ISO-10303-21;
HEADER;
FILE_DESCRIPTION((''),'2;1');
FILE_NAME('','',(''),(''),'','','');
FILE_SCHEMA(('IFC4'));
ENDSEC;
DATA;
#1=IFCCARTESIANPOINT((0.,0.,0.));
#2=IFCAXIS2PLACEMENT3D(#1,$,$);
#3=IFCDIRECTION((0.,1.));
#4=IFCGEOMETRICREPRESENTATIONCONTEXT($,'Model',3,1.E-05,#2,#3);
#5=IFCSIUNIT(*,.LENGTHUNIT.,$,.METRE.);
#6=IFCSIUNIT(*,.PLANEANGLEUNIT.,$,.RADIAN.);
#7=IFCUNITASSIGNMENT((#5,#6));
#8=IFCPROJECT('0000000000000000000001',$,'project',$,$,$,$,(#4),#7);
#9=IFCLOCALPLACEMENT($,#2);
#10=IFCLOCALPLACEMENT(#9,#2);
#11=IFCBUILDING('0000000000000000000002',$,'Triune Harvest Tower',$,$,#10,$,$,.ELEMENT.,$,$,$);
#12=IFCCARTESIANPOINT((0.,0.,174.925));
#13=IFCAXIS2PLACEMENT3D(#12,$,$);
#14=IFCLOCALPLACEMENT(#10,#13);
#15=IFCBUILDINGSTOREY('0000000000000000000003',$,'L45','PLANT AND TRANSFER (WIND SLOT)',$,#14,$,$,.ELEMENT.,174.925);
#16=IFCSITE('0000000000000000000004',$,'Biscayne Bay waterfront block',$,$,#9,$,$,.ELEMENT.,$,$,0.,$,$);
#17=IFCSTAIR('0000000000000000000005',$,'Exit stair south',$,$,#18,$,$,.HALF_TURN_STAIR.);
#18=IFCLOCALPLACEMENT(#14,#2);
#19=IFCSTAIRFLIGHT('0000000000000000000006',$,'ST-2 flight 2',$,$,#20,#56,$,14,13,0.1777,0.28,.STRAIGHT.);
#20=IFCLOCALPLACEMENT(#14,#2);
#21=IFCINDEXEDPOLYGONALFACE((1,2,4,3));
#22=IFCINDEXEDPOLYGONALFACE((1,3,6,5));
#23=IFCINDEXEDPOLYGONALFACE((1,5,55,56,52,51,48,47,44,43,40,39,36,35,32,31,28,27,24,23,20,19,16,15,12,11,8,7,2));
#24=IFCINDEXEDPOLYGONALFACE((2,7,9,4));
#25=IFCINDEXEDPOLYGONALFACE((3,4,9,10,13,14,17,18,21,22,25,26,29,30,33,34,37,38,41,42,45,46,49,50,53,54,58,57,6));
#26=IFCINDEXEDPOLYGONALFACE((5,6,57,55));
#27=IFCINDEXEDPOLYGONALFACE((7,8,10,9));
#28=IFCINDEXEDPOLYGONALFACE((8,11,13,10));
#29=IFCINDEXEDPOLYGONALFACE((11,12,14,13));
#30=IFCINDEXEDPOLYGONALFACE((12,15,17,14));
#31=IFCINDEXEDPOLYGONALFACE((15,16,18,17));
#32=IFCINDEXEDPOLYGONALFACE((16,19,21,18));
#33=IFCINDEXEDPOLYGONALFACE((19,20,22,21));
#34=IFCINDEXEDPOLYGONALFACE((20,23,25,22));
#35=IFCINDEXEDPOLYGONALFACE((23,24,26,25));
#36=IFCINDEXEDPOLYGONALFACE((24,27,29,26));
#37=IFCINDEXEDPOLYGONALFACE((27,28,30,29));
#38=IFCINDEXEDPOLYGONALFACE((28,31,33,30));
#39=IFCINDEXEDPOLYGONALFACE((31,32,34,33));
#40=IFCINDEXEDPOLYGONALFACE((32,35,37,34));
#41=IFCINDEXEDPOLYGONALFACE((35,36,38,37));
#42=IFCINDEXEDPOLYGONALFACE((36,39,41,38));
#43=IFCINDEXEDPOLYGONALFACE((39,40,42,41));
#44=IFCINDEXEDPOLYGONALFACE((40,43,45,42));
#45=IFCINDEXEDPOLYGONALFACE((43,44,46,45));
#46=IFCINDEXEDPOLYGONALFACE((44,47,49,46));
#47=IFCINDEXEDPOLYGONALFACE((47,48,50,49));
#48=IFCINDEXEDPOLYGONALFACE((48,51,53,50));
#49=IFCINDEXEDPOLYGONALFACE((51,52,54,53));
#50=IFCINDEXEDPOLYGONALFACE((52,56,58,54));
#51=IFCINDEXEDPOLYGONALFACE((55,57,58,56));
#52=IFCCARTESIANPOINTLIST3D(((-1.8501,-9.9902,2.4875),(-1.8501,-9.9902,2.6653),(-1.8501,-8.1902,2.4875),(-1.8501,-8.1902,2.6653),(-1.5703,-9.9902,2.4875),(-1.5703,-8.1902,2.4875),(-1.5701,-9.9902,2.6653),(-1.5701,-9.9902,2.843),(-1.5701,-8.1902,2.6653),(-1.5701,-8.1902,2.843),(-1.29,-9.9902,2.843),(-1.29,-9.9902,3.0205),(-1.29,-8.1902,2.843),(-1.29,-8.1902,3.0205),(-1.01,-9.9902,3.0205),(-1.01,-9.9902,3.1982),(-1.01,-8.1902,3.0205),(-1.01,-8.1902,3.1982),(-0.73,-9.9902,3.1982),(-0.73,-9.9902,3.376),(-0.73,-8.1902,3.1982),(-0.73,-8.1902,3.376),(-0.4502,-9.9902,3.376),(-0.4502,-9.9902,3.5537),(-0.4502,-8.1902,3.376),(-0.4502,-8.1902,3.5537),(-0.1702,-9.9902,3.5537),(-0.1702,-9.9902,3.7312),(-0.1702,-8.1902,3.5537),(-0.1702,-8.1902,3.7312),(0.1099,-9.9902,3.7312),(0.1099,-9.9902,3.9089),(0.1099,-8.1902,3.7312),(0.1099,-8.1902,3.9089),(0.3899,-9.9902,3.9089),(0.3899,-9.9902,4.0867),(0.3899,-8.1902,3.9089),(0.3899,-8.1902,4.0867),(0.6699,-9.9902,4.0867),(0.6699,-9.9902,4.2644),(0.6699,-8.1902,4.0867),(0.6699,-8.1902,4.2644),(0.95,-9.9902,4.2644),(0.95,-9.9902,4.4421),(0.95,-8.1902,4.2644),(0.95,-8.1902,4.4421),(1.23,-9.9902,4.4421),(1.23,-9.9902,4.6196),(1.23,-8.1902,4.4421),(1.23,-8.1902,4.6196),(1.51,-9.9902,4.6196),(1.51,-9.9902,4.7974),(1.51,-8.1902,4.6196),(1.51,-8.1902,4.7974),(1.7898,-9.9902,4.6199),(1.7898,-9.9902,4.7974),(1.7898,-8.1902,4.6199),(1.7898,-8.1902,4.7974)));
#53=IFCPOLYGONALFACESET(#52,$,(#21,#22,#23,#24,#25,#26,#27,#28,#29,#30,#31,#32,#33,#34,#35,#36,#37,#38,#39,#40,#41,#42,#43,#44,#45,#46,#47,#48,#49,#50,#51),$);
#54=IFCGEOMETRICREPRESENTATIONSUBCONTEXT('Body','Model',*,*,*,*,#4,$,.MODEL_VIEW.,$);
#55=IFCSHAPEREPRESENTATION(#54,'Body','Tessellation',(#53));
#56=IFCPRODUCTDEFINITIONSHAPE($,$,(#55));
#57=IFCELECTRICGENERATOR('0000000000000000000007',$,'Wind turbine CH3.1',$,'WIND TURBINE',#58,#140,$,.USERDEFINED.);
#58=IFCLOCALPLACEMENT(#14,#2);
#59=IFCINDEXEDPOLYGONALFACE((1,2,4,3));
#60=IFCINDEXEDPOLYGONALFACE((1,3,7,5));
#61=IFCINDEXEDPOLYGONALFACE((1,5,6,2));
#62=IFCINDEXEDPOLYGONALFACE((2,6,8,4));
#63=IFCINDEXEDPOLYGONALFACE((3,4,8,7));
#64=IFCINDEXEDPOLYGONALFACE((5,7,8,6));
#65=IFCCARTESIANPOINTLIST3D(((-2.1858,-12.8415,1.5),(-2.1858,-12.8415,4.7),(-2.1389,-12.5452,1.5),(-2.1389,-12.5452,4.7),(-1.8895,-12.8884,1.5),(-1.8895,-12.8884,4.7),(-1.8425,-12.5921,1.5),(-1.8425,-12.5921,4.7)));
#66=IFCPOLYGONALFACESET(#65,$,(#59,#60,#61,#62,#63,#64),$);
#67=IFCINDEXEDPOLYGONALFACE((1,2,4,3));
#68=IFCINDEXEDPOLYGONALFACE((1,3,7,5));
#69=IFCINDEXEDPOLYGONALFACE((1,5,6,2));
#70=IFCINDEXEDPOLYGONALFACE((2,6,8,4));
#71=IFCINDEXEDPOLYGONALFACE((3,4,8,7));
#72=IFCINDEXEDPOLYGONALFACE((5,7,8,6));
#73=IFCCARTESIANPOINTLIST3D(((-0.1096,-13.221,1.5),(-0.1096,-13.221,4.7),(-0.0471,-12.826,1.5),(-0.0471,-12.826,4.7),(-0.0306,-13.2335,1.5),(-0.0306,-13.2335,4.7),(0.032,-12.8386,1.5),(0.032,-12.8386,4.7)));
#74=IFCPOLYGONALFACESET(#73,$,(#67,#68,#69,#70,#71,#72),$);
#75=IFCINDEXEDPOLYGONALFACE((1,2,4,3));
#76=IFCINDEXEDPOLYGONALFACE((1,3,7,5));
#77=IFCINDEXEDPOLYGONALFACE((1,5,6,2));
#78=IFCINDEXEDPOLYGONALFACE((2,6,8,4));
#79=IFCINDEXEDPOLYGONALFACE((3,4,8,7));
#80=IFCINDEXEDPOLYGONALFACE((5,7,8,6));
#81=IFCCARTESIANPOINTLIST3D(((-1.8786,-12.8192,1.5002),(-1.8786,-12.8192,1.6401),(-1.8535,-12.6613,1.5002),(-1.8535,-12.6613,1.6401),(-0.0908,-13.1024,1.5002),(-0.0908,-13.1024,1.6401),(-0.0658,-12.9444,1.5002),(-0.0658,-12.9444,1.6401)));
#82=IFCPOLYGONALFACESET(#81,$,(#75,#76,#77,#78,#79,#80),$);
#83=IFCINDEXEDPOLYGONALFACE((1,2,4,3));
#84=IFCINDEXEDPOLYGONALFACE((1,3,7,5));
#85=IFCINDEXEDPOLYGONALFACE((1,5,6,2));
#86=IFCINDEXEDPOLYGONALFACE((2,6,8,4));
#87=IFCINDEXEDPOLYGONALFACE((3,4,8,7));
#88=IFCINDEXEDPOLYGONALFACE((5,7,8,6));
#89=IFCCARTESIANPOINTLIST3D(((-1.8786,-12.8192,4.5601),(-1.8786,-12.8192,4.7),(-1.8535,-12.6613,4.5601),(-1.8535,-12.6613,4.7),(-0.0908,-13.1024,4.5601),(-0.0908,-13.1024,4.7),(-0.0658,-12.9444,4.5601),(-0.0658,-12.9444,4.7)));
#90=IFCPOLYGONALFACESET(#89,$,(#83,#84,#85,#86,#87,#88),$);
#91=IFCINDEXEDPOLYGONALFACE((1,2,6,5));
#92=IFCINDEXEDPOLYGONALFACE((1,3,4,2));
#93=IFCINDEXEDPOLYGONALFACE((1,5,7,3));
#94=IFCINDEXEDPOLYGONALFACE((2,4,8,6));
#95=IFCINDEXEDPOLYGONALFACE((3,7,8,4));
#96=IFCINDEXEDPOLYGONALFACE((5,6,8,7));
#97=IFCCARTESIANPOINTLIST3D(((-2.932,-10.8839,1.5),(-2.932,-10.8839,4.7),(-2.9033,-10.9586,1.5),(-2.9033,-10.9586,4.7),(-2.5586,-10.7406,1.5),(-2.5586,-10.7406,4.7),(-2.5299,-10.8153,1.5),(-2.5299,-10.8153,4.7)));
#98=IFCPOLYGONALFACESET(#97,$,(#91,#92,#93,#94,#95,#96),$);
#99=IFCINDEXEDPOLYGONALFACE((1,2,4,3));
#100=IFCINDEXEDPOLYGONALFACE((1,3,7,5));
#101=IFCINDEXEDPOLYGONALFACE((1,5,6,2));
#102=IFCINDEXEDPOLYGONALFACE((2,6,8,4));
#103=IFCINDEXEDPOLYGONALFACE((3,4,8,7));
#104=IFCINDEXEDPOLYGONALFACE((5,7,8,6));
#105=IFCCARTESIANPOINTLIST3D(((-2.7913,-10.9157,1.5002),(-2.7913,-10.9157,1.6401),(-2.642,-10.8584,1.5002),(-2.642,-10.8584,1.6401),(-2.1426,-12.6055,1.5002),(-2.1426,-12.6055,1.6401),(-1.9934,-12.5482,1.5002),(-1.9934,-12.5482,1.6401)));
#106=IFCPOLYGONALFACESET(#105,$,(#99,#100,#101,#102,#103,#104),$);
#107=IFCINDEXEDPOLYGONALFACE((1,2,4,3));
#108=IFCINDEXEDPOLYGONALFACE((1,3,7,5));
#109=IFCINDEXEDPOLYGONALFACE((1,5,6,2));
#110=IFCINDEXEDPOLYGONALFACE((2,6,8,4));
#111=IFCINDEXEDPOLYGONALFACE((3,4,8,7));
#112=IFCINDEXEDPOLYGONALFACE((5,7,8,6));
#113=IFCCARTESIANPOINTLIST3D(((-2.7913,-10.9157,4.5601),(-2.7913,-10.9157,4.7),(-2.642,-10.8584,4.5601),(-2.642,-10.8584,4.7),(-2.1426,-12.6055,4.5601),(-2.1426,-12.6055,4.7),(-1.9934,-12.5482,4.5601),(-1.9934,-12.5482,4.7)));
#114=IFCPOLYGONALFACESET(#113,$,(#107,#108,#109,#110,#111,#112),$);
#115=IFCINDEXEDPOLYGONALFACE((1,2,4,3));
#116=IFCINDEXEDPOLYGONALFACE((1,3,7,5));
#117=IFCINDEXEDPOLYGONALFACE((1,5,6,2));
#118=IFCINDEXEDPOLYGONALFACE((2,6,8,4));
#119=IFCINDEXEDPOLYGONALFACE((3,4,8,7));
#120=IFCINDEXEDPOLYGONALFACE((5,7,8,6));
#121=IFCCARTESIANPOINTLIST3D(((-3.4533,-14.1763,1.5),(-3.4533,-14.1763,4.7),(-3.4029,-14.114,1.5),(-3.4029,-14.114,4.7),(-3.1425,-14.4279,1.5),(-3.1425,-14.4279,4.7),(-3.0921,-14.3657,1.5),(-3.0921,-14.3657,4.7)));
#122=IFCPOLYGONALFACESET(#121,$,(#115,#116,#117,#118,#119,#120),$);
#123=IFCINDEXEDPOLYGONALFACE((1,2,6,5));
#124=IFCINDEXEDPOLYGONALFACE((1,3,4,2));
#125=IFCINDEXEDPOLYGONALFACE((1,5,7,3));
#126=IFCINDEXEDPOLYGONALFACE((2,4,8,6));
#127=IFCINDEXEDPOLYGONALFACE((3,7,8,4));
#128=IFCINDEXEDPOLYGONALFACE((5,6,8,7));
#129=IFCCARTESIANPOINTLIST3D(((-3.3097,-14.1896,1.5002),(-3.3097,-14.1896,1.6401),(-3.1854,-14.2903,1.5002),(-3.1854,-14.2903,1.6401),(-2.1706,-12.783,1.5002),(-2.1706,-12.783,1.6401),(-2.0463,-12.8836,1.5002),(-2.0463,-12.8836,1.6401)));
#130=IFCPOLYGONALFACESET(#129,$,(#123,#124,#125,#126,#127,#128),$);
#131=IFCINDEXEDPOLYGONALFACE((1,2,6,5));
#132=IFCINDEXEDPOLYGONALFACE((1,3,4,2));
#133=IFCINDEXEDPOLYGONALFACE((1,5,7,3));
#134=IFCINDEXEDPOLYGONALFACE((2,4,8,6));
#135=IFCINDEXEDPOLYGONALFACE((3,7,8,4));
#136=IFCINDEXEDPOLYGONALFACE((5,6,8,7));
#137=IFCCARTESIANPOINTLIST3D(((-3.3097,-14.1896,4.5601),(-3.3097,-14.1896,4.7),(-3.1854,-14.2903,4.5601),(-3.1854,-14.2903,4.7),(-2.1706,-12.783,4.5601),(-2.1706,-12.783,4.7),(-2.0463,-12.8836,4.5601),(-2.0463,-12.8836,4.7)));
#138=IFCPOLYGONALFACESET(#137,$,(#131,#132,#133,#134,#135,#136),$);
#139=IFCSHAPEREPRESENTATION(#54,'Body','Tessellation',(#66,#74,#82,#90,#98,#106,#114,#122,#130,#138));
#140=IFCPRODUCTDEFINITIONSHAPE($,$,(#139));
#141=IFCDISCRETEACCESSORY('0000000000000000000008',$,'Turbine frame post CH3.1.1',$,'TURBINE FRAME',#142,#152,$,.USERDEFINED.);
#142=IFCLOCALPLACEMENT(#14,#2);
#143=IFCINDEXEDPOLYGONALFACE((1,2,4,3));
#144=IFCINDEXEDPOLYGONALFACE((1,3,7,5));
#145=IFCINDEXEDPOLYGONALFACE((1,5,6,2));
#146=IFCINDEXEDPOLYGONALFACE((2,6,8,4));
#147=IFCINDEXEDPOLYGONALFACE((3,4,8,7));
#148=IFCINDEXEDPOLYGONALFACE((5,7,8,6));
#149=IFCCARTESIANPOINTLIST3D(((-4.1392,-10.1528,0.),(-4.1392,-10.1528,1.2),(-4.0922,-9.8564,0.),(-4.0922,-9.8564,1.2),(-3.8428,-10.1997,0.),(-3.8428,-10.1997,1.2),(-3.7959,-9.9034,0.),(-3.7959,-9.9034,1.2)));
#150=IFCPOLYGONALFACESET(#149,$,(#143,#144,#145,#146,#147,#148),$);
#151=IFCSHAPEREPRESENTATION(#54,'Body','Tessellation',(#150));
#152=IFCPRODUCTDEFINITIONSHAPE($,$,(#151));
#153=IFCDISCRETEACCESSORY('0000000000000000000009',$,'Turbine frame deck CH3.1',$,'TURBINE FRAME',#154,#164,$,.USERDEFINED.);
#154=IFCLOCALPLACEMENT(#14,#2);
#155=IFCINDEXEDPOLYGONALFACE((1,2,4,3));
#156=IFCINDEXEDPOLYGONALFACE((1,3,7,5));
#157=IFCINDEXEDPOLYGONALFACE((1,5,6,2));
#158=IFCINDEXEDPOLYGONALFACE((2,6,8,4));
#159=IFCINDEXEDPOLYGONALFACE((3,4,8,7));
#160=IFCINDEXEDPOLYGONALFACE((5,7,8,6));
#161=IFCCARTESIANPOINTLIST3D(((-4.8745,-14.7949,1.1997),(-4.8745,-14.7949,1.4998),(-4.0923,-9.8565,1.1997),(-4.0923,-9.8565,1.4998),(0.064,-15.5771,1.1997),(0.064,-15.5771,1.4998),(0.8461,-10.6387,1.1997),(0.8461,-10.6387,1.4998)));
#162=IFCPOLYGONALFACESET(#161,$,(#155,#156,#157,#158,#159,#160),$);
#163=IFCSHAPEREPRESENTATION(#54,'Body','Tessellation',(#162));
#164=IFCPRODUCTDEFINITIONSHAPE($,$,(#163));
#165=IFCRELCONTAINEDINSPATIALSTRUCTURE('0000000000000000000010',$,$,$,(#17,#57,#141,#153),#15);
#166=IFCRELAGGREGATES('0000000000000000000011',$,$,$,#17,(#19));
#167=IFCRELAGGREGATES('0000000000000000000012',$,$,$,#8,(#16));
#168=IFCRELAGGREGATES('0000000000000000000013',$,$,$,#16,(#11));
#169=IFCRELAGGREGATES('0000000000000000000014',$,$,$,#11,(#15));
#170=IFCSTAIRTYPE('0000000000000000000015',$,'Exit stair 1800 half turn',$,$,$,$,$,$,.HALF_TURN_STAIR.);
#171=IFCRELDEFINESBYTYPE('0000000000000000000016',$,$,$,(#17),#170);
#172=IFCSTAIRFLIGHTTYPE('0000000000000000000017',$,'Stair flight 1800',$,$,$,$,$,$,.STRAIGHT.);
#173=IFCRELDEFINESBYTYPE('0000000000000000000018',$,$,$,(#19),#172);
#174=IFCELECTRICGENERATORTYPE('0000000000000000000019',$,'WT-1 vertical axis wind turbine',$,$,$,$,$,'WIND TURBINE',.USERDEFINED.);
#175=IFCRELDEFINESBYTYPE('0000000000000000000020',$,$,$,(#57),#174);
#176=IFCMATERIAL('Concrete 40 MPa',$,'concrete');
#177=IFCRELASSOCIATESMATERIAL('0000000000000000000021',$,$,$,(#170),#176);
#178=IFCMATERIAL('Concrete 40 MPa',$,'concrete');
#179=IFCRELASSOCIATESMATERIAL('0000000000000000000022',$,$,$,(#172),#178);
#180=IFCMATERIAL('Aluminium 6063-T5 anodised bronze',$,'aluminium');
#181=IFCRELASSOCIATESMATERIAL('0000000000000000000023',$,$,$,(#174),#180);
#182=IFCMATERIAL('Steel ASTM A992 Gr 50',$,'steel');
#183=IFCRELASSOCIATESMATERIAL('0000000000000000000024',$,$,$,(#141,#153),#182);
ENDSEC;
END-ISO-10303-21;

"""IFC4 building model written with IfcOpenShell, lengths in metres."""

from ifc_helpers import new_model, si_unit, direction, frame, origin, origin_2d, place, context, subcontext, project, spatial, polyline, rectangle, outline, extrude, source, transform, mapped, material, type_object, element, aggregate, save


model = new_model("IFC4")

# Units and contexts
model_context = context("Model", 3, precision=1e-05, world=origin(), true_north=direction((0.0, 1.0)))
body_context = subcontext(model_context, "Body", "Model", "MODEL_VIEW")
ifc_project = project(units=[si_unit("LENGTHUNIT", "METRE"), si_unit("PLANEANGLEUNIT", "RADIAN")], contexts=[model_context])

# Site, building, storey
site_placement = place(None, origin())
site = spatial("IfcSite", under=ifc_project, at=site_placement, Name="Biscayne Bay waterfront block", CompositionType="ELEMENT", RefElevation=0.0)
building_placement = place(site_placement, origin())
building = spatial("IfcBuilding", under=site, at=building_placement, Name="Triune Harvest Tower", CompositionType="ELEMENT")
storey_placement = place(building_placement, frame((0.0, 0.0, 174.925)))
storey = spatial("IfcBuildingStorey", under=building, at=storey_placement, Name="L45", Description="PLANT AND TRANSFER (WIND SLOT)", CompositionType="ELEMENT", Elevation=174.925)

# Stair, stair flight
ifc_material_1 = material(Name="Concrete 40 MPa", Category="concrete")
stair_type = type_object("IfcStairType", Name="Exit stair 1800 half turn", PredefinedType="HALF_TURN_STAIR", material=ifc_material_1)
stair_placement = place(storey_placement, origin())
stair = element("IfcStair", 1, at=stair_placement, inside=storey, type_object=stair_type, Name="Exit stair south", PredefinedType="HALF_TURN_STAIR")
ifc_material_2 = material(Name="Concrete 40 MPa", Category="concrete")
stair_flight_type = type_object("IfcStairFlightType", Name="Stair flight 1800", PredefinedType="STRAIGHT", material=ifc_material_2)
shared_shape_1 = source(origin(), body_context, "Body", "SweptSolid", [
    extrude(outline(polyline([(0.0, 0.0), (0.0, 0.1777), (0.28, 0.1777), (0.28, 0.3555), (0.5601, 0.3555), (0.5601, 0.533), (0.8401, 0.533), (0.8401, 0.7107), (1.1201, 0.7107), (1.1201, 0.8884), (1.3999, 0.8884), (1.3999, 1.0662), (1.6799, 1.0662), (1.6799, 1.2437), (1.96, 1.2437), (1.96, 1.4214), (2.24, 1.4214), (2.24, 1.5991), (2.52, 1.5991), (2.52, 1.7769), (2.8, 1.7769), (2.8, 1.9546), (3.0801, 1.9546), (3.0801, 2.1321), (3.3601, 2.1321), (3.3601, 2.3098), (3.6399, 2.3098), (3.6399, 2.4875), (3.6399, 2.1323), (0.2798, 0.0), (0.0, 0.0)])), frame((0.0, 0.8999, 0.0), z_axis=(0.0, -1.0, 0.0), x_axis=(1.0, 0.0, 0.0)), (0.0, 0.0, 1.0), 1.8),
])
stair_flight_placement = place(storey_placement, frame((-1.8501, -9.0901, 2.4875), z_axis=(0.0, 0.0, 1.0), x_axis=(1.0, 0.0, 0.0)))
stair_flight = element("IfcStairFlight", 2, at=stair_flight_placement, type_object=stair_flight_type, Name="ST-2 flight 2", NumberOfRisers=14, NumberOfTreads=13, PredefinedType="STRAIGHT", RiserHeight=0.1777, TreadLength=0.28, context=body_context, shape_type="MappedRepresentation", body=[
    mapped(shared_shape_1, transform((0.0, 0.0, 0.0), scale=1.0)),
])
aggregate(stair, [stair_flight])

# Electric generator
ifc_material_3 = material(Name="Aluminium 6063-T5 anodised bronze", Category="aluminium")
electric_generator_type = type_object("IfcElectricGeneratorType", Name="WT-1 vertical axis wind turbine", ElementType="WIND TURBINE", PredefinedType="USERDEFINED", material=ifc_material_3)
electric_generator_placement = place(storey_placement, frame((-2.0142, -12.7168, 1.5)))
element("IfcElectricGenerator", 3, at=electric_generator_placement, inside=storey, type_object=electric_generator_type, Name="Wind turbine CH3.1", ObjectType="WIND TURBINE", PredefinedType="USERDEFINED", context=body_context, shape_type="SweptSolid", body=[
    extrude(rectangle(XDim=0.3, YDim=0.3, at=origin_2d()), frame((0.0, 0.0, 0.0), z_axis=(0.0, 0.0, 1.0), x_axis=(-0.156434, -0.987688, 0.0)), (0.0, 0.0, 1.0), 3.2),
    extrude(rectangle(XDim=0.0801, YDim=0.3999, at=origin_2d()), frame((1.9753, -0.313, 0.0), z_axis=(0.0, 0.0, 1.0), x_axis=(0.987688, -0.156434, 0.0)), (0.0, 0.0, 1.0), 3.2),
    extrude(rectangle(XDim=1.8101, YDim=0.1599, at=origin_2d()), frame((1.042, -0.165, 0.0002), z_axis=(0.0, 0.0, 1.0), x_axis=(0.987688, -0.156434, 0.0)), (0.0, 0.0, 1.0), 0.1399),
    extrude(rectangle(XDim=1.8101, YDim=0.1599, at=origin_2d()), frame((1.042, -0.165, 3.0601), z_axis=(0.0, 0.0, 1.0), x_axis=(0.987688, -0.156434, 0.0)), (0.0, 0.0, 1.0), 0.1399),
    extrude(rectangle(XDim=0.0801, YDim=0.3999, at=origin_2d()), frame((-0.7168, 1.8672, 0.0), z_axis=(0.0, 0.0, 1.0), x_axis=(-0.358368, 0.93358, 0.0)), (0.0, 0.0, 1.0), 3.2),
    extrude(rectangle(XDim=1.8101, YDim=0.1599, at=origin_2d()), frame((-0.3782, 0.9849, 0.0002), z_axis=(0.0, 0.0, 1.0), x_axis=(-0.358368, 0.93358, 0.0)), (0.0, 0.0, 1.0), 0.1399),
    extrude(rectangle(XDim=1.8101, YDim=0.1599, at=origin_2d()), frame((-0.3782, 0.9849, 3.0601), z_axis=(0.0, 0.0, 1.0), x_axis=(-0.358368, 0.93358, 0.0)), (0.0, 0.0, 1.0), 0.1399),
    extrude(rectangle(XDim=0.0801, YDim=0.3999, at=origin_2d()), frame((-1.2585, -1.5542, 0.0), z_axis=(0.0, 0.0, 1.0), x_axis=(-0.62932, -0.777146, 0.0)), (0.0, 0.0, 1.0), 3.2),
    extrude(rectangle(XDim=1.8101, YDim=0.1599, at=origin_2d()), frame((-0.6638, -0.8198, 0.0002), z_axis=(0.0, 0.0, 1.0), x_axis=(-0.62932, -0.777146, 0.0)), (0.0, 0.0, 1.0), 0.1399),
    extrude(rectangle(XDim=1.8101, YDim=0.1599, at=origin_2d()), frame((-0.6638, -0.8198, 3.0601), z_axis=(0.0, 0.0, 1.0), x_axis=(-0.62932, -0.777146, 0.0)), (0.0, 0.0, 1.0), 0.1399),
])

# Discrete accessories
ifc_material_4 = material(Name="Steel ASTM A992 Gr 50", Category="steel")
shared_shape_2 = source(origin(), body_context, "Body", "SweptSolid", [
    extrude(rectangle(XDim=0.3, YDim=0.3, at=origin_2d()), origin(), (0.0, 0.0, 1.0), 1.2),
])
discrete_accessory_1_placement = place(storey_placement, frame((-3.9675, -10.0281, 0.0), z_axis=(0.0, 0.0, 1.0), x_axis=(-0.156434, -0.987688, 0.0)))
element("IfcDiscreteAccessory", 4, at=discrete_accessory_1_placement, inside=storey, material=ifc_material_4, Name="Turbine frame post CH3.1.1", ObjectType="TURBINE FRAME", PredefinedType="USERDEFINED", context=body_context, shape_type="MappedRepresentation", body=[
    mapped(shared_shape_2, transform((0.0, 0.0, 0.0), scale=1.0)),
])
shared_shape_3 = source(origin(), body_context, "Body", "SweptSolid", [
    extrude(rectangle(XDim=5.0, YDim=5.0, at=origin_2d()), origin(), (0.0, 0.0, 1.0), 0.3),
])
discrete_accessory_2_placement = place(storey_placement, frame((-2.0142, -12.7168, 1.1997), z_axis=(0.0, 0.0, 1.0), x_axis=(-0.156434, -0.987688, 0.0)))
element("IfcDiscreteAccessory", 5, at=discrete_accessory_2_placement, inside=storey, material=ifc_material_4, Name="Turbine frame deck CH3.1", ObjectType="TURBINE FRAME", PredefinedType="USERDEFINED", context=body_context, shape_type="MappedRepresentation", body=[
    mapped(shared_shape_3, transform((0.0, 0.0, 0.0), scale=1.0)),
])

save(model, "model.ifc")
